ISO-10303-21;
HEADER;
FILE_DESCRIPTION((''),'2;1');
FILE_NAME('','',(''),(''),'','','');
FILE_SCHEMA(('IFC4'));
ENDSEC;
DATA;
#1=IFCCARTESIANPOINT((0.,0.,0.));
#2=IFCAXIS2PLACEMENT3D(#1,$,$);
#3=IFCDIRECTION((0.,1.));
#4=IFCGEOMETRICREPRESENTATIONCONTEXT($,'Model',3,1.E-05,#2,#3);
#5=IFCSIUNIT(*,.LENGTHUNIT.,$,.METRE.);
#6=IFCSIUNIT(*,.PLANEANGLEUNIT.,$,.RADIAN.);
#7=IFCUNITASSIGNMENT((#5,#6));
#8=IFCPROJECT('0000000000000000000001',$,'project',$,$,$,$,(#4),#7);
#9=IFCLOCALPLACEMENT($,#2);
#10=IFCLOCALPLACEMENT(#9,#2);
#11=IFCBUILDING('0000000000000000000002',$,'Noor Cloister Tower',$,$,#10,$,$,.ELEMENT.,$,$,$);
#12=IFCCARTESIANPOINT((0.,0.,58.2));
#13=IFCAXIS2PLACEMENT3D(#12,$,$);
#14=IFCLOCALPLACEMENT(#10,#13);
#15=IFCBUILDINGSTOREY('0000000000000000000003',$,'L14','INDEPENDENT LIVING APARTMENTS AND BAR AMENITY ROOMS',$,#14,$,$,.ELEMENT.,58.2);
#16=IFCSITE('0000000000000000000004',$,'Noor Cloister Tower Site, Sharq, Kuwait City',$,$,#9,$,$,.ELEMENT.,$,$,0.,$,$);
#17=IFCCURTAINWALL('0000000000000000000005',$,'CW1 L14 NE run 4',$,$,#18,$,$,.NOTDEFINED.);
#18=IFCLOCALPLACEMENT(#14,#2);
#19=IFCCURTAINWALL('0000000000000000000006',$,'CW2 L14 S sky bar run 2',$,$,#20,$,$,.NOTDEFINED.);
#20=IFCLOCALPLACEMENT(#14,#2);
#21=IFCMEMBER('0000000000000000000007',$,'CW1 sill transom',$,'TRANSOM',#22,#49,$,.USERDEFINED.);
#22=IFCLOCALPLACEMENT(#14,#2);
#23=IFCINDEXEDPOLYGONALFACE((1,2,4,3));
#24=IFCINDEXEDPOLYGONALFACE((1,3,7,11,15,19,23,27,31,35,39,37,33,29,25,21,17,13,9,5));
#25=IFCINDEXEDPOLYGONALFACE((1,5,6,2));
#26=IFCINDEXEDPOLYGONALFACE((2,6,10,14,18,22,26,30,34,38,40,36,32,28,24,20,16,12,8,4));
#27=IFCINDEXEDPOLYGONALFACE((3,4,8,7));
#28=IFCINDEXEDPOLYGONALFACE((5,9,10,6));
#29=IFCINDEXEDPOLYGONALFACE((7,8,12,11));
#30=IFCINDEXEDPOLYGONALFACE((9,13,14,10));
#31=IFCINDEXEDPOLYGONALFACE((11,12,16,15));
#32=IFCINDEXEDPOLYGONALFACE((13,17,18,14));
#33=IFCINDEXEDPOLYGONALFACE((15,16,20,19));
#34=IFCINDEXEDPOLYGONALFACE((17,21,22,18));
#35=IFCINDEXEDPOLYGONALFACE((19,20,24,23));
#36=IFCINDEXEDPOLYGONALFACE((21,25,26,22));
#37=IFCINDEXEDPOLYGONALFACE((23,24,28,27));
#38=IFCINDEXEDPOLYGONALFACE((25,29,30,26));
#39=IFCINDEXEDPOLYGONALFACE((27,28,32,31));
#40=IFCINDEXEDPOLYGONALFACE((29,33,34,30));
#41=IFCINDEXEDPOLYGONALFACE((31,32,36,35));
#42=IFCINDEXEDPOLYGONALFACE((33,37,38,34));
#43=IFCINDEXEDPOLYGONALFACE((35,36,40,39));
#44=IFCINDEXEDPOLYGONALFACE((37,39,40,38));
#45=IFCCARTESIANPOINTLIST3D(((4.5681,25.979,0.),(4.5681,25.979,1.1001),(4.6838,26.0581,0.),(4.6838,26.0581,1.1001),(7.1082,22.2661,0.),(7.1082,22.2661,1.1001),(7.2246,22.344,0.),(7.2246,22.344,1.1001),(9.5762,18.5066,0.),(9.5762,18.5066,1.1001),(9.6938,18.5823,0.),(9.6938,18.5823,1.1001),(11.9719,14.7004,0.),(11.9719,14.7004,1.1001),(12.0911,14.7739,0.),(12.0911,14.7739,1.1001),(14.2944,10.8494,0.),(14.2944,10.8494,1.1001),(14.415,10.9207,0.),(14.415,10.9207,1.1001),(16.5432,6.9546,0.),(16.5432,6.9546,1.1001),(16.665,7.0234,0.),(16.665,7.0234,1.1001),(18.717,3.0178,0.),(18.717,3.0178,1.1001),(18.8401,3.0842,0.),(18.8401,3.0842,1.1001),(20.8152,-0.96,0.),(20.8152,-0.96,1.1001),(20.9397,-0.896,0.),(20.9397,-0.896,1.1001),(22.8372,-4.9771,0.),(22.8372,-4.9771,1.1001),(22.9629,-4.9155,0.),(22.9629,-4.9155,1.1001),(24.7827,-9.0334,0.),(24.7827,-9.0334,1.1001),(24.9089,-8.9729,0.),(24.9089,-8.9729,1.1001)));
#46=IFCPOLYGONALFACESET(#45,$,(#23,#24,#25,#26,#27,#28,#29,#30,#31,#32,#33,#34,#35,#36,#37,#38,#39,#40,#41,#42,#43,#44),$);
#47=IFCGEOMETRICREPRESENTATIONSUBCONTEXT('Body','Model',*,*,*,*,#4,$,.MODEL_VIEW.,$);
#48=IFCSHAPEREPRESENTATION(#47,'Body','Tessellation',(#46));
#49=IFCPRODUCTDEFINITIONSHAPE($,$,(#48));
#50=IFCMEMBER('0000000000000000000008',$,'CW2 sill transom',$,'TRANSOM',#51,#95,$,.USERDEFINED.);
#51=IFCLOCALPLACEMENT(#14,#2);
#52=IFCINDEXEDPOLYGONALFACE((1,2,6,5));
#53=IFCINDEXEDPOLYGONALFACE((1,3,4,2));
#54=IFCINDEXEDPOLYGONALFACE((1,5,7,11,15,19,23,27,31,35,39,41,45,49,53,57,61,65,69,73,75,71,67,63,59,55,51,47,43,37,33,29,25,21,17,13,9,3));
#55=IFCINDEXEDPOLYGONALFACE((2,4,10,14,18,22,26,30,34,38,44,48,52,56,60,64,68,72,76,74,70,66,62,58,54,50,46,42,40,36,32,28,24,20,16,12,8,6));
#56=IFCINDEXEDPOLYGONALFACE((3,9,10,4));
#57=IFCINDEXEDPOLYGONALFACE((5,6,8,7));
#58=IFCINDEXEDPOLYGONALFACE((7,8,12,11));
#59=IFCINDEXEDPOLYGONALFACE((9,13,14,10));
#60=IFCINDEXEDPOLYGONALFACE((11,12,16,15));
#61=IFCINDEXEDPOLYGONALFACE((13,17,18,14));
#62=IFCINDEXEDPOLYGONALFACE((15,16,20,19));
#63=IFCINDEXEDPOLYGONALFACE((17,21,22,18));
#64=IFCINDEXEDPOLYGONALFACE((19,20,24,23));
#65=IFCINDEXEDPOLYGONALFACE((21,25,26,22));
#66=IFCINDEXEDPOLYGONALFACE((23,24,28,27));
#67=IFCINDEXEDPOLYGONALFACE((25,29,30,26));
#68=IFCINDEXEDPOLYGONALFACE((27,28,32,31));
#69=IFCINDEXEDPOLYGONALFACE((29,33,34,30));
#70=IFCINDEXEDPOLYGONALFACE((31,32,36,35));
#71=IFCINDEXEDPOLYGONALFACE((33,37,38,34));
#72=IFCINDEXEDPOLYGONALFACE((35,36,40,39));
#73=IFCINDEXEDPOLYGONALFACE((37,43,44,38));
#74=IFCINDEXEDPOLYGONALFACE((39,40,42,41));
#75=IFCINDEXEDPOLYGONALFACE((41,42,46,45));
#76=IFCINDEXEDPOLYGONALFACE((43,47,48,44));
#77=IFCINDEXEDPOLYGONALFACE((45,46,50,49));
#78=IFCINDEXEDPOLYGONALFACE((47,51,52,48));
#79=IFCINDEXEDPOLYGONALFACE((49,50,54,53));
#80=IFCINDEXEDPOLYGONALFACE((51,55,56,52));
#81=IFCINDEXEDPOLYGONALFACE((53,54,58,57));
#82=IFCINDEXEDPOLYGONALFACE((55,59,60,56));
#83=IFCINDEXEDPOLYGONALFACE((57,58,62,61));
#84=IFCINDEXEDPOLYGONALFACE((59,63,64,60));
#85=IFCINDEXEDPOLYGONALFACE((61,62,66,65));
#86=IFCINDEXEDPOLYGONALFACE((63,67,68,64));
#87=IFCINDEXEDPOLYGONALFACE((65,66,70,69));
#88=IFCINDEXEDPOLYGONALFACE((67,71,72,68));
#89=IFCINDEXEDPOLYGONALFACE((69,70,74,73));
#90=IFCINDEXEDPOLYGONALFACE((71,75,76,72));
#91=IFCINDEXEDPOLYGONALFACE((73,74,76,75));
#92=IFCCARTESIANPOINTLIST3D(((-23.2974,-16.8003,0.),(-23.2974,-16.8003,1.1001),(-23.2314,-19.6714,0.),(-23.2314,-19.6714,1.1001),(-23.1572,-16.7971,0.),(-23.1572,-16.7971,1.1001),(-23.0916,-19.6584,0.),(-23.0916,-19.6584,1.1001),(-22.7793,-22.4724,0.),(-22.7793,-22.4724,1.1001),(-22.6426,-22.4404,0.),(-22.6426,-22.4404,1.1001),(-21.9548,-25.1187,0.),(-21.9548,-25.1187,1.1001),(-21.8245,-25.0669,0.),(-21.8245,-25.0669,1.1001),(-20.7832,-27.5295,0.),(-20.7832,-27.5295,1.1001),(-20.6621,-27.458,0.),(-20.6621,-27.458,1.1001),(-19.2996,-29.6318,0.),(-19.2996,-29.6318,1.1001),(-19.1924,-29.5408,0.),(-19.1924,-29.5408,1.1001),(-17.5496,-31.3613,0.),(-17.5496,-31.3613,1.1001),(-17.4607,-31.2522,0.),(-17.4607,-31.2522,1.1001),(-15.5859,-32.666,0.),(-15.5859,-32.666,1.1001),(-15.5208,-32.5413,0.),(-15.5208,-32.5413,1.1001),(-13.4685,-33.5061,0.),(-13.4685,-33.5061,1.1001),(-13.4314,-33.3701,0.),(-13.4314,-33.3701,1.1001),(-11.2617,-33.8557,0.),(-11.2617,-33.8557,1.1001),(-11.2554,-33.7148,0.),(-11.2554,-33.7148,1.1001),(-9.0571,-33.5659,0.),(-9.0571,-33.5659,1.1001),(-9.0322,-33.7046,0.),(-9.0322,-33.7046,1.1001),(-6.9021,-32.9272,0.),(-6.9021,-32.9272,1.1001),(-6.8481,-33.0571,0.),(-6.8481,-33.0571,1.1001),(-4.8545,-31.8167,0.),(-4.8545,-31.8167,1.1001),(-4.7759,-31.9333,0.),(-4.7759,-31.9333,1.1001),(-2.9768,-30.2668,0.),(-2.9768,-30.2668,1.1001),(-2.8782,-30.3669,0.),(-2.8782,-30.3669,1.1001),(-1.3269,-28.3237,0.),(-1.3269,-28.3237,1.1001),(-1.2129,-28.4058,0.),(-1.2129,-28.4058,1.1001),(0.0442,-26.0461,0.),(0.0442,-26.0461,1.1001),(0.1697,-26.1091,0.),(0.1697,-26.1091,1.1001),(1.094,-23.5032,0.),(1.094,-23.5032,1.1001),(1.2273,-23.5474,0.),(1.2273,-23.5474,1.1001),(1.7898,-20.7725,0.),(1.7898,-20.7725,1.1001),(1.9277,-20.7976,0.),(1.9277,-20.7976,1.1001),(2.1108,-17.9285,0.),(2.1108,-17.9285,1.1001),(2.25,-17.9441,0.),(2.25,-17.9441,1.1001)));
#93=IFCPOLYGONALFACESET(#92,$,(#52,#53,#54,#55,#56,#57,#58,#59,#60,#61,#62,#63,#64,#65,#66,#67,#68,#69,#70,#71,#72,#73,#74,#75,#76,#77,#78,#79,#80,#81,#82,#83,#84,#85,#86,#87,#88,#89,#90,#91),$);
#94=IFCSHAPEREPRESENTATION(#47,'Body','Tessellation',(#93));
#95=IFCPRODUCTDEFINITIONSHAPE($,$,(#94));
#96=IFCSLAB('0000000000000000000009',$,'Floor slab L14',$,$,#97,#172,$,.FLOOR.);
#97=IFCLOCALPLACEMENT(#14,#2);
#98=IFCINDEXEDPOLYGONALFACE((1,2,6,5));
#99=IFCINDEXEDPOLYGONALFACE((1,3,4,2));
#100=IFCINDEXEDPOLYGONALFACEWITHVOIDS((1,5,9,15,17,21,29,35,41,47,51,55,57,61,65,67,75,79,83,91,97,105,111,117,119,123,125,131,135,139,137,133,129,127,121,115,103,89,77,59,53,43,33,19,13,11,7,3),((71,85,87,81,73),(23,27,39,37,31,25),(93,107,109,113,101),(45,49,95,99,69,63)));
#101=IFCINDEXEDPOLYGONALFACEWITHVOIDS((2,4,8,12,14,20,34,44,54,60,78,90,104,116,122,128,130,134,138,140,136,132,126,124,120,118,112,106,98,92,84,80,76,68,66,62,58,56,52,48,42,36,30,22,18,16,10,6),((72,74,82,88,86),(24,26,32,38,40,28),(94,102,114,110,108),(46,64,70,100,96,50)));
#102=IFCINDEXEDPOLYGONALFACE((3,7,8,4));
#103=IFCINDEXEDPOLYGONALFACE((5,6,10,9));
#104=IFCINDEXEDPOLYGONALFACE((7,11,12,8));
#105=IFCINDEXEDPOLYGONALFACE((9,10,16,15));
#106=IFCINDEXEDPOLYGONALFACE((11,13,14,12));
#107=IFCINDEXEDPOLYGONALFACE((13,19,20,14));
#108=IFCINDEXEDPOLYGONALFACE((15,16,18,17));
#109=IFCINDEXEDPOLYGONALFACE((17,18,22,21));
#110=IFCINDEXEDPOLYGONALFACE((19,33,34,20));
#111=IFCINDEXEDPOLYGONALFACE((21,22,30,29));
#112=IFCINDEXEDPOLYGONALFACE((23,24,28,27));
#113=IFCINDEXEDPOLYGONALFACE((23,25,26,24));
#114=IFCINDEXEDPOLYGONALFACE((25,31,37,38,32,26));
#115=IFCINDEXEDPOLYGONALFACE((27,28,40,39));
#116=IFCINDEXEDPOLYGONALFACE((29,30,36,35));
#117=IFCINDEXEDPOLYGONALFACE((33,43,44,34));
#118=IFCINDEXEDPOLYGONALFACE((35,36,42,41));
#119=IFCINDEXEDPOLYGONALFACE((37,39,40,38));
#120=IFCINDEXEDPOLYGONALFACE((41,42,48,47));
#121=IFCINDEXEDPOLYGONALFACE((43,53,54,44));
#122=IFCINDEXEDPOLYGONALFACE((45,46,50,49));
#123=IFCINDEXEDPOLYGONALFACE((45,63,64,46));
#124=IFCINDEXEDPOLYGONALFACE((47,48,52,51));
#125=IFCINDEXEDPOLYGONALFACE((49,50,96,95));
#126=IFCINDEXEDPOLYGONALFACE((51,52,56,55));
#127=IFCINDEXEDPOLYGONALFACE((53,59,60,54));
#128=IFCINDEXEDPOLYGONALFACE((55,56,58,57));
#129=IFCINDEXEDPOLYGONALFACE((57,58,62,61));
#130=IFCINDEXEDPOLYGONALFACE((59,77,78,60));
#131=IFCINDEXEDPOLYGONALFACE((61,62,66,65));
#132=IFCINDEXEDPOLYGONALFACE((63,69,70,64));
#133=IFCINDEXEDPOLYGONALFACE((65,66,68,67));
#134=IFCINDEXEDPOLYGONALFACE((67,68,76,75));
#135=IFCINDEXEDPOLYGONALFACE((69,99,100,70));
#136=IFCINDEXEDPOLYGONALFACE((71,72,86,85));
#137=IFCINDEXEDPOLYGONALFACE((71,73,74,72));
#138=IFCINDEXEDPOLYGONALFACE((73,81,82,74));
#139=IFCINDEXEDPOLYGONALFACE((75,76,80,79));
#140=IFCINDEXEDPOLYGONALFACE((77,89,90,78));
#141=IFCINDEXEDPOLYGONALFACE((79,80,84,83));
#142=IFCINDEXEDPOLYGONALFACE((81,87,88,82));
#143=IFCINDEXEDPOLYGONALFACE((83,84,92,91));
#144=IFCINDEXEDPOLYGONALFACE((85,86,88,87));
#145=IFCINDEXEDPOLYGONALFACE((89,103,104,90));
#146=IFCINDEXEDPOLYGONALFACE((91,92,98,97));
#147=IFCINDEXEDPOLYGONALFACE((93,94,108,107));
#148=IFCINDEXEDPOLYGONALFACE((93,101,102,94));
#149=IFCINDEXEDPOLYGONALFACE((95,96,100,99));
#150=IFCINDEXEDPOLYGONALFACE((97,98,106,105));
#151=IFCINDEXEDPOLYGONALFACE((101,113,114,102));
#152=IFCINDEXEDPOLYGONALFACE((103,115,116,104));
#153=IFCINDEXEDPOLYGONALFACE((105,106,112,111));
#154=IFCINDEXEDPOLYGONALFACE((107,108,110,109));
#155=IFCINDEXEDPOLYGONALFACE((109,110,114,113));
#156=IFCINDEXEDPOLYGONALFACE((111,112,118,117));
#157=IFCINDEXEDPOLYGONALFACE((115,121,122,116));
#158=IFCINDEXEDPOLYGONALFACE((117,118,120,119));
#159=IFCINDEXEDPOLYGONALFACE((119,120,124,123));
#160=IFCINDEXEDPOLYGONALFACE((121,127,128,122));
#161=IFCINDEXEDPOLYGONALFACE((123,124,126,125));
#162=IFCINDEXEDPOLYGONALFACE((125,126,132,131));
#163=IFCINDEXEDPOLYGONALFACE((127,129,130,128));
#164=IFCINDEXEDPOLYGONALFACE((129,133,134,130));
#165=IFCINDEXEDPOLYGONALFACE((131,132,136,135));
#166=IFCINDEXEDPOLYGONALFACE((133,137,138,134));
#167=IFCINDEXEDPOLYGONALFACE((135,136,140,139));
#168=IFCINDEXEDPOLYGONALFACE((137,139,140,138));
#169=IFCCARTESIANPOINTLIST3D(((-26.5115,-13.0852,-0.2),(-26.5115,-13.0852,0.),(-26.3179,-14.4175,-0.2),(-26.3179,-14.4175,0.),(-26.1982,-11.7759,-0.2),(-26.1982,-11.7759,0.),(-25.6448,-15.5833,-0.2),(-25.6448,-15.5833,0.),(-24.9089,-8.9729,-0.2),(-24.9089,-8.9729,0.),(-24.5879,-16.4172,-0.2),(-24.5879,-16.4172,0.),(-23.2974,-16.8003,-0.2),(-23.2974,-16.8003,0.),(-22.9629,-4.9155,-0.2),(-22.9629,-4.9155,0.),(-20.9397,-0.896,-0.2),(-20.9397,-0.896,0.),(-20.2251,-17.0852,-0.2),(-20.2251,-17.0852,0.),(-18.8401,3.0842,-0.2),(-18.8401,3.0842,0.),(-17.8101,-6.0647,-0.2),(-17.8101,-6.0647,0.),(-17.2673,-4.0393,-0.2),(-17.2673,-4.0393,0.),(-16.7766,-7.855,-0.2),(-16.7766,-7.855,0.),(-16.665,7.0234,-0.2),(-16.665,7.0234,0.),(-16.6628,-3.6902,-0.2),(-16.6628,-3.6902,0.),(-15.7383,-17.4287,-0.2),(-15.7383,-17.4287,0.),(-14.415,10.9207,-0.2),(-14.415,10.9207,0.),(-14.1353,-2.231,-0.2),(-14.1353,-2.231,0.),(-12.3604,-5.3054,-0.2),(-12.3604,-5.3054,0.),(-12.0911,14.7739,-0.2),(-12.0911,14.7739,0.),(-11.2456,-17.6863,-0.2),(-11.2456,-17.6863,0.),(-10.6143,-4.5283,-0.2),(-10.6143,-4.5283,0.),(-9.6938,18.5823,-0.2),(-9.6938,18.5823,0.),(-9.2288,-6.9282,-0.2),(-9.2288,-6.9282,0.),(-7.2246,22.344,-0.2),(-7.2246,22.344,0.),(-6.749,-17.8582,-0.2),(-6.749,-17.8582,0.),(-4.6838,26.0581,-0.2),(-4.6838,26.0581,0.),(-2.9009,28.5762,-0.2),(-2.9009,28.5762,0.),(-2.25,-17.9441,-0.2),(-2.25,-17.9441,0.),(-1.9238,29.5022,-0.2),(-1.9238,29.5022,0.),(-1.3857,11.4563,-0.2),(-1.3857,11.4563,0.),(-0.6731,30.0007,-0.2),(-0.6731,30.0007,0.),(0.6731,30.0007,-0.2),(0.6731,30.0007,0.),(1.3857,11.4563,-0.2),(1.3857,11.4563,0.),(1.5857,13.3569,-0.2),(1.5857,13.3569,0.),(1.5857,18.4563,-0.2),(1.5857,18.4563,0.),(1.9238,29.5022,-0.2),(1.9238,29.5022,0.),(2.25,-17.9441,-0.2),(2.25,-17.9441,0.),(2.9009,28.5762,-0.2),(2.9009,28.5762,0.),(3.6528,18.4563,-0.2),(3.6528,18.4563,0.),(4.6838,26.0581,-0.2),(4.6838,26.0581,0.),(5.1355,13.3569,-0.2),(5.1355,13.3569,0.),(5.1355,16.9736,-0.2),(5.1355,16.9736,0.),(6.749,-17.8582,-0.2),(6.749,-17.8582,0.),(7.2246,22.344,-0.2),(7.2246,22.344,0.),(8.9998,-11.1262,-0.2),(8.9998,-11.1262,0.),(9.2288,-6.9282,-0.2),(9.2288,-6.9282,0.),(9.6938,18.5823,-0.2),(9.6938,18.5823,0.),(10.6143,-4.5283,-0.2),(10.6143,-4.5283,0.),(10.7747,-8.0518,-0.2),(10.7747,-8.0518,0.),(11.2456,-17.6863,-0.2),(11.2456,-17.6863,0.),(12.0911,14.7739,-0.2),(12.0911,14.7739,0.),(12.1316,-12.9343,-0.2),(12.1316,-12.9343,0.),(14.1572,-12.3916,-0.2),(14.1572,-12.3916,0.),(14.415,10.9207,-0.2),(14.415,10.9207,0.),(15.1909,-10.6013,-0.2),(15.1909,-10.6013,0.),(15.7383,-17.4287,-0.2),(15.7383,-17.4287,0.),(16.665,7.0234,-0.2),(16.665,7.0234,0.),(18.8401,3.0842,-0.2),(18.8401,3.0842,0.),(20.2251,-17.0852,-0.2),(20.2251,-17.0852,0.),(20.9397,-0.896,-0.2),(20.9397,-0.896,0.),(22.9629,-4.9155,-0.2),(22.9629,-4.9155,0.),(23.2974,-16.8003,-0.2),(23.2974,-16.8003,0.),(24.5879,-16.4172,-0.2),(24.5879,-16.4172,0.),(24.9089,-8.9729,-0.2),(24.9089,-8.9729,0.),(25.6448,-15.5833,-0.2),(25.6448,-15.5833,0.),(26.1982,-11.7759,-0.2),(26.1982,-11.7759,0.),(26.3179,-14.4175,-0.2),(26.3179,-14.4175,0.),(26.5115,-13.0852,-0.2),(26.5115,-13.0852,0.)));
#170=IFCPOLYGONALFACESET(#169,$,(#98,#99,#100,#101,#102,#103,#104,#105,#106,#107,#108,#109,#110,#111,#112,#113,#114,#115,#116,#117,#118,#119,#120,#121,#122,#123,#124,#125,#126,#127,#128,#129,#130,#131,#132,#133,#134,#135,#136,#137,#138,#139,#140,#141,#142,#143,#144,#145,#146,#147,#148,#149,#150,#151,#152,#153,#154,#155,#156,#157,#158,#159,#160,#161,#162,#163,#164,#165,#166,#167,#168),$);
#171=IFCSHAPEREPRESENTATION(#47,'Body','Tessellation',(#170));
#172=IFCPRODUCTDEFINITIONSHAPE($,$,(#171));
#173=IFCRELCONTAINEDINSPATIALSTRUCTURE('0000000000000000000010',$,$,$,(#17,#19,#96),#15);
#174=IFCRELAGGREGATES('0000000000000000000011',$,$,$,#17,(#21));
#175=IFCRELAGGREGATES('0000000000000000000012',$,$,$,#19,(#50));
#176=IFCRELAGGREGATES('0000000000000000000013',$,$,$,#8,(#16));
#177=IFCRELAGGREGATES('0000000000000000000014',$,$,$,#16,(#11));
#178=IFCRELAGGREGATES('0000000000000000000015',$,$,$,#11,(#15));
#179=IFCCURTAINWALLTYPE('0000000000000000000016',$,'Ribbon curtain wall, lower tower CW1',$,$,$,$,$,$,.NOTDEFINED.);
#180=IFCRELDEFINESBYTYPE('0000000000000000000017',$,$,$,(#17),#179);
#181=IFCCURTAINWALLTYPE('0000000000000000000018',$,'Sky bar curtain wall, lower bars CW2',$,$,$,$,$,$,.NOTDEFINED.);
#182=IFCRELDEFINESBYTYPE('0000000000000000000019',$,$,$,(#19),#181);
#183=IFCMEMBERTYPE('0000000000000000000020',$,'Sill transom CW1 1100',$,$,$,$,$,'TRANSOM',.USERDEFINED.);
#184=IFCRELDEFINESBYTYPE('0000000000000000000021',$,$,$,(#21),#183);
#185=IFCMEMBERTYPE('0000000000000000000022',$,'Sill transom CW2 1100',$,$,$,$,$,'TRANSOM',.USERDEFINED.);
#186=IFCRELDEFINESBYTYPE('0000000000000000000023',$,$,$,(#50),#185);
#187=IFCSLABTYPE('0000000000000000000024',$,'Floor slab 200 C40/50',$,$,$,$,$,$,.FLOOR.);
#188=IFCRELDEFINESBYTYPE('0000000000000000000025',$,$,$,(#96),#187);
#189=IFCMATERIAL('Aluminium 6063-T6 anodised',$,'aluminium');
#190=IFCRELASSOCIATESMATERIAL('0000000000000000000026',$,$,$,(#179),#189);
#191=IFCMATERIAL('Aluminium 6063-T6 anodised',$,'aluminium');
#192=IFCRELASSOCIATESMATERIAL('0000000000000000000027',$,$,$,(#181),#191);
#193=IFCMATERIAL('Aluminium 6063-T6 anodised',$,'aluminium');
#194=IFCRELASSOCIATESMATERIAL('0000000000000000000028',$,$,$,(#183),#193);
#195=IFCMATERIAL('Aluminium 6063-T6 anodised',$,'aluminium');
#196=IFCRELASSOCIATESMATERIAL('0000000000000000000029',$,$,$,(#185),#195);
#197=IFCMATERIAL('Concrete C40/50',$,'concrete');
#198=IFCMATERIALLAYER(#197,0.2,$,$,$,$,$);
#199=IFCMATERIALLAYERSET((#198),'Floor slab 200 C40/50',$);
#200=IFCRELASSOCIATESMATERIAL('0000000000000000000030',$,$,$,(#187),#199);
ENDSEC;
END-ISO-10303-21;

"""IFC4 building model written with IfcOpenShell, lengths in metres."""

from ifc_helpers import new_model, si_unit, direction, frame, origin, place, context, subcontext, project, spatial, polyline, outline, extrude, material, layer, layer_set, type_object, element, aggregate, save


model = new_model("IFC4")

# Units and contexts
model_context = context("Model", 3, precision=1e-05, world=origin(), true_north=direction((0.0, 1.0)))
body_context = subcontext(model_context, "Body", "Model", "MODEL_VIEW")
ifc_project = project(units=[si_unit("LENGTHUNIT", "METRE"), si_unit("PLANEANGLEUNIT", "RADIAN")], contexts=[model_context])

# Site, building, storey
site_placement = place(None, origin())
site = spatial("IfcSite", under=ifc_project, at=site_placement, Name="Noor Cloister Tower Site, Sharq, Kuwait City", CompositionType="ELEMENT", RefElevation=0.0)
building_placement = place(site_placement, origin())
building = spatial("IfcBuilding", under=site, at=building_placement, Name="Noor Cloister Tower", CompositionType="ELEMENT")
storey_placement = place(building_placement, frame((0.0, 0.0, 58.2)))
storey = spatial("IfcBuildingStorey", under=building, at=storey_placement, Name="L14", Description="INDEPENDENT LIVING APARTMENTS AND BAR AMENITY ROOMS", CompositionType="ELEMENT", Elevation=58.2)

# Curtain walls
ifc_material_1 = material(Name="Aluminium 6063-T6 anodised", Category="aluminium")
curtain_wall_type_1 = type_object("IfcCurtainWallType", Name="Ribbon curtain wall, lower tower CW1", PredefinedType="NOTDEFINED", material=ifc_material_1)
curtain_wall_1_placement = place(storey_placement, origin())
curtain_wall_1 = element("IfcCurtainWall", 1, at=curtain_wall_1_placement, inside=storey, type_object=curtain_wall_type_1, Name="CW1 L14 NE run 4", PredefinedType="NOTDEFINED")
ifc_material_2 = material(Name="Aluminium 6063-T6 anodised", Category="aluminium")
curtain_wall_type_2 = type_object("IfcCurtainWallType", Name="Sky bar curtain wall, lower bars CW2", PredefinedType="NOTDEFINED", material=ifc_material_2)
curtain_wall_2_placement = place(storey_placement, origin())
curtain_wall_2 = element("IfcCurtainWall", 2, at=curtain_wall_2_placement, inside=storey, type_object=curtain_wall_type_2, Name="CW2 L14 S sky bar run 2", PredefinedType="NOTDEFINED")

# Members
ifc_material_3 = material(Name="Aluminium 6063-T6 anodised", Category="aluminium")
member_type_1 = type_object("IfcMemberType", Name="Sill transom CW1 1100", ElementType="TRANSOM", PredefinedType="USERDEFINED", material=ifc_material_3)
member_1_placement = place(storey_placement, origin())
member_1 = element("IfcMember", 3, at=member_1_placement, type_object=member_type_1, Name="CW1 sill transom", ObjectType="TRANSOM", PredefinedType="USERDEFINED", context=body_context, shape_type="SweptSolid", body=[
    extrude(outline(polyline([(24.9089, -8.9729), (22.9629, -4.9155), (20.9397, -0.896), (18.8401, 3.0842), (16.665, 7.0234), (14.415, 10.9207), (12.0911, 14.7739), (9.6938, 18.5823), (7.2246, 22.344), (4.6838, 26.0581), (4.5681, 25.979), (7.1082, 22.2661), (9.5762, 18.5066), (11.9719, 14.7004), (14.2944, 10.8494), (16.5432, 6.9546), (18.717, 3.0178), (20.8152, -0.96), (22.8372, -4.9771), (24.7827, -9.0334), (24.9089, -8.9729)])), origin(), (0.0, 0.0, 1.0), 1.1001),
])
aggregate(curtain_wall_1, [member_1])
ifc_material_4 = material(Name="Aluminium 6063-T6 anodised", Category="aluminium")
member_type_2 = type_object("IfcMemberType", Name="Sill transom CW2 1100", ElementType="TRANSOM", PredefinedType="USERDEFINED", material=ifc_material_4)
member_2_placement = place(storey_placement, origin())
member_2 = element("IfcMember", 4, at=member_2_placement, type_object=member_type_2, Name="CW2 sill transom", ObjectType="TRANSOM", PredefinedType="USERDEFINED", context=body_context, shape_type="SweptSolid", body=[
    extrude(outline(polyline([(-23.2974, -16.8003), (-23.2314, -19.6714), (-22.7793, -22.4724), (-21.9548, -25.1187), (-20.7832, -27.5295), (-19.2996, -29.6318), (-17.5496, -31.3613), (-15.5859, -32.666), (-13.4685, -33.5061), (-11.2617, -33.8557), (-9.0322, -33.7046), (-6.8481, -33.0571), (-4.7759, -31.9333), (-2.8782, -30.3669), (-1.2129, -28.4058), (0.1697, -26.1091), (1.2273, -23.5474), (1.9277, -20.7976), (2.25, -17.9441), (2.1108, -17.9285), (1.7898, -20.7725), (1.094, -23.5032), (0.0442, -26.0461), (-1.3269, -28.3237), (-2.9768, -30.2668), (-4.8545, -31.8167), (-6.9021, -32.9272), (-9.0571, -33.5659), (-11.2554, -33.7148), (-13.4314, -33.3701), (-15.5208, -32.5413), (-17.4607, -31.2522), (-19.1924, -29.5408), (-20.6621, -27.458), (-21.8245, -25.0669), (-22.6426, -22.4404), (-23.0916, -19.6584), (-23.1572, -16.7971), (-23.2974, -16.8003)])), origin(), (0.0, 0.0, 1.0), 1.1001),
])
aggregate(curtain_wall_2, [member_2])

# Slab
ifc_material_5 = material(Name="Concrete C40/50", Category="concrete")
ifc_layer_1 = layer(ifc_material_5, 0.2)
ifc_layer_set_1 = layer_set([ifc_layer_1], Name="Floor slab 200 C40/50")
slab_type_1 = type_object("IfcSlabType", Name="Floor slab 200 C40/50", PredefinedType="FLOOR", material=ifc_layer_set_1)
slab_1_placement = place(storey_placement, frame((0.0, 0.0, -0.2)))
element("IfcSlab", 5, at=slab_1_placement, inside=storey, type_object=slab_type_1, Name="Floor slab L14", PredefinedType="FLOOR", context=body_context, shape_type="SweptSolid", body=[
    extrude(outline(polyline([(2.9009, 28.5762), (1.9238, 29.5022), (0.6731, 30.0007), (-0.6731, 30.0007), (-1.9238, 29.5022), (-2.9009, 28.5762), (-4.6838, 26.0581), (-7.2246, 22.344), (-9.6938, 18.5823), (-12.0911, 14.7739), (-14.415, 10.9207), (-16.665, 7.0234), (-18.8401, 3.0842), (-20.9397, -0.896), (-22.9629, -4.9155), (-24.9089, -8.9729), (-26.1982, -11.7759), (-26.5115, -13.0852), (-26.3179, -14.4175), (-25.6448, -15.5833), (-24.5879, -16.4172), (-23.2974, -16.8003), (-20.2251, -17.0852), (-15.7383, -17.4287), (-11.2456, -17.6863), (-6.749, -17.8582), (-2.25, -17.9441), (2.25, -17.9441), (6.749, -17.8582), (11.2456, -17.6863), (15.7383, -17.4287), (20.2251, -17.0852), (23.2974, -16.8003), (24.5879, -16.4172), (25.6448, -15.5833), (26.3179, -14.4175), (26.5115, -13.0852), (26.1982, -11.7759), (24.9089, -8.9729), (22.9629, -4.9155), (20.9397, -0.896), (18.8401, 3.0842), (16.665, 7.0234), (14.415, 10.9207), (12.0911, 14.7739), (9.6938, 18.5823), (7.2246, 22.344), (4.6838, 26.0581), (2.9009, 28.5762)]), holes=[polyline([(8.9998, -11.1262), (12.1316, -12.9343), (14.1572, -12.3916), (15.1909, -10.6013), (10.7747, -8.0518), (8.9998, -11.1262)]), polyline([(-17.8101, -6.0647), (-16.7766, -7.855), (-12.3604, -5.3054), (-14.1353, -2.231), (-16.6628, -3.6902), (-17.2673, -4.0393), (-17.8101, -6.0647)]), polyline([(-10.6143, -4.5283), (-9.2288, -6.9282), (9.2288, -6.9282), (10.6143, -4.5283), (1.3857, 11.4563), (-1.3857, 11.4563), (-10.6143, -4.5283)]), polyline([(3.6528, 18.4563), (1.5857, 18.4563), (1.5857, 13.3569), (5.1355, 13.3569), (5.1355, 16.9736), (3.6528, 18.4563)])]), origin(), (0.0, 0.0, 1.0), 0.2),
])

save(model, "model.ifc")
